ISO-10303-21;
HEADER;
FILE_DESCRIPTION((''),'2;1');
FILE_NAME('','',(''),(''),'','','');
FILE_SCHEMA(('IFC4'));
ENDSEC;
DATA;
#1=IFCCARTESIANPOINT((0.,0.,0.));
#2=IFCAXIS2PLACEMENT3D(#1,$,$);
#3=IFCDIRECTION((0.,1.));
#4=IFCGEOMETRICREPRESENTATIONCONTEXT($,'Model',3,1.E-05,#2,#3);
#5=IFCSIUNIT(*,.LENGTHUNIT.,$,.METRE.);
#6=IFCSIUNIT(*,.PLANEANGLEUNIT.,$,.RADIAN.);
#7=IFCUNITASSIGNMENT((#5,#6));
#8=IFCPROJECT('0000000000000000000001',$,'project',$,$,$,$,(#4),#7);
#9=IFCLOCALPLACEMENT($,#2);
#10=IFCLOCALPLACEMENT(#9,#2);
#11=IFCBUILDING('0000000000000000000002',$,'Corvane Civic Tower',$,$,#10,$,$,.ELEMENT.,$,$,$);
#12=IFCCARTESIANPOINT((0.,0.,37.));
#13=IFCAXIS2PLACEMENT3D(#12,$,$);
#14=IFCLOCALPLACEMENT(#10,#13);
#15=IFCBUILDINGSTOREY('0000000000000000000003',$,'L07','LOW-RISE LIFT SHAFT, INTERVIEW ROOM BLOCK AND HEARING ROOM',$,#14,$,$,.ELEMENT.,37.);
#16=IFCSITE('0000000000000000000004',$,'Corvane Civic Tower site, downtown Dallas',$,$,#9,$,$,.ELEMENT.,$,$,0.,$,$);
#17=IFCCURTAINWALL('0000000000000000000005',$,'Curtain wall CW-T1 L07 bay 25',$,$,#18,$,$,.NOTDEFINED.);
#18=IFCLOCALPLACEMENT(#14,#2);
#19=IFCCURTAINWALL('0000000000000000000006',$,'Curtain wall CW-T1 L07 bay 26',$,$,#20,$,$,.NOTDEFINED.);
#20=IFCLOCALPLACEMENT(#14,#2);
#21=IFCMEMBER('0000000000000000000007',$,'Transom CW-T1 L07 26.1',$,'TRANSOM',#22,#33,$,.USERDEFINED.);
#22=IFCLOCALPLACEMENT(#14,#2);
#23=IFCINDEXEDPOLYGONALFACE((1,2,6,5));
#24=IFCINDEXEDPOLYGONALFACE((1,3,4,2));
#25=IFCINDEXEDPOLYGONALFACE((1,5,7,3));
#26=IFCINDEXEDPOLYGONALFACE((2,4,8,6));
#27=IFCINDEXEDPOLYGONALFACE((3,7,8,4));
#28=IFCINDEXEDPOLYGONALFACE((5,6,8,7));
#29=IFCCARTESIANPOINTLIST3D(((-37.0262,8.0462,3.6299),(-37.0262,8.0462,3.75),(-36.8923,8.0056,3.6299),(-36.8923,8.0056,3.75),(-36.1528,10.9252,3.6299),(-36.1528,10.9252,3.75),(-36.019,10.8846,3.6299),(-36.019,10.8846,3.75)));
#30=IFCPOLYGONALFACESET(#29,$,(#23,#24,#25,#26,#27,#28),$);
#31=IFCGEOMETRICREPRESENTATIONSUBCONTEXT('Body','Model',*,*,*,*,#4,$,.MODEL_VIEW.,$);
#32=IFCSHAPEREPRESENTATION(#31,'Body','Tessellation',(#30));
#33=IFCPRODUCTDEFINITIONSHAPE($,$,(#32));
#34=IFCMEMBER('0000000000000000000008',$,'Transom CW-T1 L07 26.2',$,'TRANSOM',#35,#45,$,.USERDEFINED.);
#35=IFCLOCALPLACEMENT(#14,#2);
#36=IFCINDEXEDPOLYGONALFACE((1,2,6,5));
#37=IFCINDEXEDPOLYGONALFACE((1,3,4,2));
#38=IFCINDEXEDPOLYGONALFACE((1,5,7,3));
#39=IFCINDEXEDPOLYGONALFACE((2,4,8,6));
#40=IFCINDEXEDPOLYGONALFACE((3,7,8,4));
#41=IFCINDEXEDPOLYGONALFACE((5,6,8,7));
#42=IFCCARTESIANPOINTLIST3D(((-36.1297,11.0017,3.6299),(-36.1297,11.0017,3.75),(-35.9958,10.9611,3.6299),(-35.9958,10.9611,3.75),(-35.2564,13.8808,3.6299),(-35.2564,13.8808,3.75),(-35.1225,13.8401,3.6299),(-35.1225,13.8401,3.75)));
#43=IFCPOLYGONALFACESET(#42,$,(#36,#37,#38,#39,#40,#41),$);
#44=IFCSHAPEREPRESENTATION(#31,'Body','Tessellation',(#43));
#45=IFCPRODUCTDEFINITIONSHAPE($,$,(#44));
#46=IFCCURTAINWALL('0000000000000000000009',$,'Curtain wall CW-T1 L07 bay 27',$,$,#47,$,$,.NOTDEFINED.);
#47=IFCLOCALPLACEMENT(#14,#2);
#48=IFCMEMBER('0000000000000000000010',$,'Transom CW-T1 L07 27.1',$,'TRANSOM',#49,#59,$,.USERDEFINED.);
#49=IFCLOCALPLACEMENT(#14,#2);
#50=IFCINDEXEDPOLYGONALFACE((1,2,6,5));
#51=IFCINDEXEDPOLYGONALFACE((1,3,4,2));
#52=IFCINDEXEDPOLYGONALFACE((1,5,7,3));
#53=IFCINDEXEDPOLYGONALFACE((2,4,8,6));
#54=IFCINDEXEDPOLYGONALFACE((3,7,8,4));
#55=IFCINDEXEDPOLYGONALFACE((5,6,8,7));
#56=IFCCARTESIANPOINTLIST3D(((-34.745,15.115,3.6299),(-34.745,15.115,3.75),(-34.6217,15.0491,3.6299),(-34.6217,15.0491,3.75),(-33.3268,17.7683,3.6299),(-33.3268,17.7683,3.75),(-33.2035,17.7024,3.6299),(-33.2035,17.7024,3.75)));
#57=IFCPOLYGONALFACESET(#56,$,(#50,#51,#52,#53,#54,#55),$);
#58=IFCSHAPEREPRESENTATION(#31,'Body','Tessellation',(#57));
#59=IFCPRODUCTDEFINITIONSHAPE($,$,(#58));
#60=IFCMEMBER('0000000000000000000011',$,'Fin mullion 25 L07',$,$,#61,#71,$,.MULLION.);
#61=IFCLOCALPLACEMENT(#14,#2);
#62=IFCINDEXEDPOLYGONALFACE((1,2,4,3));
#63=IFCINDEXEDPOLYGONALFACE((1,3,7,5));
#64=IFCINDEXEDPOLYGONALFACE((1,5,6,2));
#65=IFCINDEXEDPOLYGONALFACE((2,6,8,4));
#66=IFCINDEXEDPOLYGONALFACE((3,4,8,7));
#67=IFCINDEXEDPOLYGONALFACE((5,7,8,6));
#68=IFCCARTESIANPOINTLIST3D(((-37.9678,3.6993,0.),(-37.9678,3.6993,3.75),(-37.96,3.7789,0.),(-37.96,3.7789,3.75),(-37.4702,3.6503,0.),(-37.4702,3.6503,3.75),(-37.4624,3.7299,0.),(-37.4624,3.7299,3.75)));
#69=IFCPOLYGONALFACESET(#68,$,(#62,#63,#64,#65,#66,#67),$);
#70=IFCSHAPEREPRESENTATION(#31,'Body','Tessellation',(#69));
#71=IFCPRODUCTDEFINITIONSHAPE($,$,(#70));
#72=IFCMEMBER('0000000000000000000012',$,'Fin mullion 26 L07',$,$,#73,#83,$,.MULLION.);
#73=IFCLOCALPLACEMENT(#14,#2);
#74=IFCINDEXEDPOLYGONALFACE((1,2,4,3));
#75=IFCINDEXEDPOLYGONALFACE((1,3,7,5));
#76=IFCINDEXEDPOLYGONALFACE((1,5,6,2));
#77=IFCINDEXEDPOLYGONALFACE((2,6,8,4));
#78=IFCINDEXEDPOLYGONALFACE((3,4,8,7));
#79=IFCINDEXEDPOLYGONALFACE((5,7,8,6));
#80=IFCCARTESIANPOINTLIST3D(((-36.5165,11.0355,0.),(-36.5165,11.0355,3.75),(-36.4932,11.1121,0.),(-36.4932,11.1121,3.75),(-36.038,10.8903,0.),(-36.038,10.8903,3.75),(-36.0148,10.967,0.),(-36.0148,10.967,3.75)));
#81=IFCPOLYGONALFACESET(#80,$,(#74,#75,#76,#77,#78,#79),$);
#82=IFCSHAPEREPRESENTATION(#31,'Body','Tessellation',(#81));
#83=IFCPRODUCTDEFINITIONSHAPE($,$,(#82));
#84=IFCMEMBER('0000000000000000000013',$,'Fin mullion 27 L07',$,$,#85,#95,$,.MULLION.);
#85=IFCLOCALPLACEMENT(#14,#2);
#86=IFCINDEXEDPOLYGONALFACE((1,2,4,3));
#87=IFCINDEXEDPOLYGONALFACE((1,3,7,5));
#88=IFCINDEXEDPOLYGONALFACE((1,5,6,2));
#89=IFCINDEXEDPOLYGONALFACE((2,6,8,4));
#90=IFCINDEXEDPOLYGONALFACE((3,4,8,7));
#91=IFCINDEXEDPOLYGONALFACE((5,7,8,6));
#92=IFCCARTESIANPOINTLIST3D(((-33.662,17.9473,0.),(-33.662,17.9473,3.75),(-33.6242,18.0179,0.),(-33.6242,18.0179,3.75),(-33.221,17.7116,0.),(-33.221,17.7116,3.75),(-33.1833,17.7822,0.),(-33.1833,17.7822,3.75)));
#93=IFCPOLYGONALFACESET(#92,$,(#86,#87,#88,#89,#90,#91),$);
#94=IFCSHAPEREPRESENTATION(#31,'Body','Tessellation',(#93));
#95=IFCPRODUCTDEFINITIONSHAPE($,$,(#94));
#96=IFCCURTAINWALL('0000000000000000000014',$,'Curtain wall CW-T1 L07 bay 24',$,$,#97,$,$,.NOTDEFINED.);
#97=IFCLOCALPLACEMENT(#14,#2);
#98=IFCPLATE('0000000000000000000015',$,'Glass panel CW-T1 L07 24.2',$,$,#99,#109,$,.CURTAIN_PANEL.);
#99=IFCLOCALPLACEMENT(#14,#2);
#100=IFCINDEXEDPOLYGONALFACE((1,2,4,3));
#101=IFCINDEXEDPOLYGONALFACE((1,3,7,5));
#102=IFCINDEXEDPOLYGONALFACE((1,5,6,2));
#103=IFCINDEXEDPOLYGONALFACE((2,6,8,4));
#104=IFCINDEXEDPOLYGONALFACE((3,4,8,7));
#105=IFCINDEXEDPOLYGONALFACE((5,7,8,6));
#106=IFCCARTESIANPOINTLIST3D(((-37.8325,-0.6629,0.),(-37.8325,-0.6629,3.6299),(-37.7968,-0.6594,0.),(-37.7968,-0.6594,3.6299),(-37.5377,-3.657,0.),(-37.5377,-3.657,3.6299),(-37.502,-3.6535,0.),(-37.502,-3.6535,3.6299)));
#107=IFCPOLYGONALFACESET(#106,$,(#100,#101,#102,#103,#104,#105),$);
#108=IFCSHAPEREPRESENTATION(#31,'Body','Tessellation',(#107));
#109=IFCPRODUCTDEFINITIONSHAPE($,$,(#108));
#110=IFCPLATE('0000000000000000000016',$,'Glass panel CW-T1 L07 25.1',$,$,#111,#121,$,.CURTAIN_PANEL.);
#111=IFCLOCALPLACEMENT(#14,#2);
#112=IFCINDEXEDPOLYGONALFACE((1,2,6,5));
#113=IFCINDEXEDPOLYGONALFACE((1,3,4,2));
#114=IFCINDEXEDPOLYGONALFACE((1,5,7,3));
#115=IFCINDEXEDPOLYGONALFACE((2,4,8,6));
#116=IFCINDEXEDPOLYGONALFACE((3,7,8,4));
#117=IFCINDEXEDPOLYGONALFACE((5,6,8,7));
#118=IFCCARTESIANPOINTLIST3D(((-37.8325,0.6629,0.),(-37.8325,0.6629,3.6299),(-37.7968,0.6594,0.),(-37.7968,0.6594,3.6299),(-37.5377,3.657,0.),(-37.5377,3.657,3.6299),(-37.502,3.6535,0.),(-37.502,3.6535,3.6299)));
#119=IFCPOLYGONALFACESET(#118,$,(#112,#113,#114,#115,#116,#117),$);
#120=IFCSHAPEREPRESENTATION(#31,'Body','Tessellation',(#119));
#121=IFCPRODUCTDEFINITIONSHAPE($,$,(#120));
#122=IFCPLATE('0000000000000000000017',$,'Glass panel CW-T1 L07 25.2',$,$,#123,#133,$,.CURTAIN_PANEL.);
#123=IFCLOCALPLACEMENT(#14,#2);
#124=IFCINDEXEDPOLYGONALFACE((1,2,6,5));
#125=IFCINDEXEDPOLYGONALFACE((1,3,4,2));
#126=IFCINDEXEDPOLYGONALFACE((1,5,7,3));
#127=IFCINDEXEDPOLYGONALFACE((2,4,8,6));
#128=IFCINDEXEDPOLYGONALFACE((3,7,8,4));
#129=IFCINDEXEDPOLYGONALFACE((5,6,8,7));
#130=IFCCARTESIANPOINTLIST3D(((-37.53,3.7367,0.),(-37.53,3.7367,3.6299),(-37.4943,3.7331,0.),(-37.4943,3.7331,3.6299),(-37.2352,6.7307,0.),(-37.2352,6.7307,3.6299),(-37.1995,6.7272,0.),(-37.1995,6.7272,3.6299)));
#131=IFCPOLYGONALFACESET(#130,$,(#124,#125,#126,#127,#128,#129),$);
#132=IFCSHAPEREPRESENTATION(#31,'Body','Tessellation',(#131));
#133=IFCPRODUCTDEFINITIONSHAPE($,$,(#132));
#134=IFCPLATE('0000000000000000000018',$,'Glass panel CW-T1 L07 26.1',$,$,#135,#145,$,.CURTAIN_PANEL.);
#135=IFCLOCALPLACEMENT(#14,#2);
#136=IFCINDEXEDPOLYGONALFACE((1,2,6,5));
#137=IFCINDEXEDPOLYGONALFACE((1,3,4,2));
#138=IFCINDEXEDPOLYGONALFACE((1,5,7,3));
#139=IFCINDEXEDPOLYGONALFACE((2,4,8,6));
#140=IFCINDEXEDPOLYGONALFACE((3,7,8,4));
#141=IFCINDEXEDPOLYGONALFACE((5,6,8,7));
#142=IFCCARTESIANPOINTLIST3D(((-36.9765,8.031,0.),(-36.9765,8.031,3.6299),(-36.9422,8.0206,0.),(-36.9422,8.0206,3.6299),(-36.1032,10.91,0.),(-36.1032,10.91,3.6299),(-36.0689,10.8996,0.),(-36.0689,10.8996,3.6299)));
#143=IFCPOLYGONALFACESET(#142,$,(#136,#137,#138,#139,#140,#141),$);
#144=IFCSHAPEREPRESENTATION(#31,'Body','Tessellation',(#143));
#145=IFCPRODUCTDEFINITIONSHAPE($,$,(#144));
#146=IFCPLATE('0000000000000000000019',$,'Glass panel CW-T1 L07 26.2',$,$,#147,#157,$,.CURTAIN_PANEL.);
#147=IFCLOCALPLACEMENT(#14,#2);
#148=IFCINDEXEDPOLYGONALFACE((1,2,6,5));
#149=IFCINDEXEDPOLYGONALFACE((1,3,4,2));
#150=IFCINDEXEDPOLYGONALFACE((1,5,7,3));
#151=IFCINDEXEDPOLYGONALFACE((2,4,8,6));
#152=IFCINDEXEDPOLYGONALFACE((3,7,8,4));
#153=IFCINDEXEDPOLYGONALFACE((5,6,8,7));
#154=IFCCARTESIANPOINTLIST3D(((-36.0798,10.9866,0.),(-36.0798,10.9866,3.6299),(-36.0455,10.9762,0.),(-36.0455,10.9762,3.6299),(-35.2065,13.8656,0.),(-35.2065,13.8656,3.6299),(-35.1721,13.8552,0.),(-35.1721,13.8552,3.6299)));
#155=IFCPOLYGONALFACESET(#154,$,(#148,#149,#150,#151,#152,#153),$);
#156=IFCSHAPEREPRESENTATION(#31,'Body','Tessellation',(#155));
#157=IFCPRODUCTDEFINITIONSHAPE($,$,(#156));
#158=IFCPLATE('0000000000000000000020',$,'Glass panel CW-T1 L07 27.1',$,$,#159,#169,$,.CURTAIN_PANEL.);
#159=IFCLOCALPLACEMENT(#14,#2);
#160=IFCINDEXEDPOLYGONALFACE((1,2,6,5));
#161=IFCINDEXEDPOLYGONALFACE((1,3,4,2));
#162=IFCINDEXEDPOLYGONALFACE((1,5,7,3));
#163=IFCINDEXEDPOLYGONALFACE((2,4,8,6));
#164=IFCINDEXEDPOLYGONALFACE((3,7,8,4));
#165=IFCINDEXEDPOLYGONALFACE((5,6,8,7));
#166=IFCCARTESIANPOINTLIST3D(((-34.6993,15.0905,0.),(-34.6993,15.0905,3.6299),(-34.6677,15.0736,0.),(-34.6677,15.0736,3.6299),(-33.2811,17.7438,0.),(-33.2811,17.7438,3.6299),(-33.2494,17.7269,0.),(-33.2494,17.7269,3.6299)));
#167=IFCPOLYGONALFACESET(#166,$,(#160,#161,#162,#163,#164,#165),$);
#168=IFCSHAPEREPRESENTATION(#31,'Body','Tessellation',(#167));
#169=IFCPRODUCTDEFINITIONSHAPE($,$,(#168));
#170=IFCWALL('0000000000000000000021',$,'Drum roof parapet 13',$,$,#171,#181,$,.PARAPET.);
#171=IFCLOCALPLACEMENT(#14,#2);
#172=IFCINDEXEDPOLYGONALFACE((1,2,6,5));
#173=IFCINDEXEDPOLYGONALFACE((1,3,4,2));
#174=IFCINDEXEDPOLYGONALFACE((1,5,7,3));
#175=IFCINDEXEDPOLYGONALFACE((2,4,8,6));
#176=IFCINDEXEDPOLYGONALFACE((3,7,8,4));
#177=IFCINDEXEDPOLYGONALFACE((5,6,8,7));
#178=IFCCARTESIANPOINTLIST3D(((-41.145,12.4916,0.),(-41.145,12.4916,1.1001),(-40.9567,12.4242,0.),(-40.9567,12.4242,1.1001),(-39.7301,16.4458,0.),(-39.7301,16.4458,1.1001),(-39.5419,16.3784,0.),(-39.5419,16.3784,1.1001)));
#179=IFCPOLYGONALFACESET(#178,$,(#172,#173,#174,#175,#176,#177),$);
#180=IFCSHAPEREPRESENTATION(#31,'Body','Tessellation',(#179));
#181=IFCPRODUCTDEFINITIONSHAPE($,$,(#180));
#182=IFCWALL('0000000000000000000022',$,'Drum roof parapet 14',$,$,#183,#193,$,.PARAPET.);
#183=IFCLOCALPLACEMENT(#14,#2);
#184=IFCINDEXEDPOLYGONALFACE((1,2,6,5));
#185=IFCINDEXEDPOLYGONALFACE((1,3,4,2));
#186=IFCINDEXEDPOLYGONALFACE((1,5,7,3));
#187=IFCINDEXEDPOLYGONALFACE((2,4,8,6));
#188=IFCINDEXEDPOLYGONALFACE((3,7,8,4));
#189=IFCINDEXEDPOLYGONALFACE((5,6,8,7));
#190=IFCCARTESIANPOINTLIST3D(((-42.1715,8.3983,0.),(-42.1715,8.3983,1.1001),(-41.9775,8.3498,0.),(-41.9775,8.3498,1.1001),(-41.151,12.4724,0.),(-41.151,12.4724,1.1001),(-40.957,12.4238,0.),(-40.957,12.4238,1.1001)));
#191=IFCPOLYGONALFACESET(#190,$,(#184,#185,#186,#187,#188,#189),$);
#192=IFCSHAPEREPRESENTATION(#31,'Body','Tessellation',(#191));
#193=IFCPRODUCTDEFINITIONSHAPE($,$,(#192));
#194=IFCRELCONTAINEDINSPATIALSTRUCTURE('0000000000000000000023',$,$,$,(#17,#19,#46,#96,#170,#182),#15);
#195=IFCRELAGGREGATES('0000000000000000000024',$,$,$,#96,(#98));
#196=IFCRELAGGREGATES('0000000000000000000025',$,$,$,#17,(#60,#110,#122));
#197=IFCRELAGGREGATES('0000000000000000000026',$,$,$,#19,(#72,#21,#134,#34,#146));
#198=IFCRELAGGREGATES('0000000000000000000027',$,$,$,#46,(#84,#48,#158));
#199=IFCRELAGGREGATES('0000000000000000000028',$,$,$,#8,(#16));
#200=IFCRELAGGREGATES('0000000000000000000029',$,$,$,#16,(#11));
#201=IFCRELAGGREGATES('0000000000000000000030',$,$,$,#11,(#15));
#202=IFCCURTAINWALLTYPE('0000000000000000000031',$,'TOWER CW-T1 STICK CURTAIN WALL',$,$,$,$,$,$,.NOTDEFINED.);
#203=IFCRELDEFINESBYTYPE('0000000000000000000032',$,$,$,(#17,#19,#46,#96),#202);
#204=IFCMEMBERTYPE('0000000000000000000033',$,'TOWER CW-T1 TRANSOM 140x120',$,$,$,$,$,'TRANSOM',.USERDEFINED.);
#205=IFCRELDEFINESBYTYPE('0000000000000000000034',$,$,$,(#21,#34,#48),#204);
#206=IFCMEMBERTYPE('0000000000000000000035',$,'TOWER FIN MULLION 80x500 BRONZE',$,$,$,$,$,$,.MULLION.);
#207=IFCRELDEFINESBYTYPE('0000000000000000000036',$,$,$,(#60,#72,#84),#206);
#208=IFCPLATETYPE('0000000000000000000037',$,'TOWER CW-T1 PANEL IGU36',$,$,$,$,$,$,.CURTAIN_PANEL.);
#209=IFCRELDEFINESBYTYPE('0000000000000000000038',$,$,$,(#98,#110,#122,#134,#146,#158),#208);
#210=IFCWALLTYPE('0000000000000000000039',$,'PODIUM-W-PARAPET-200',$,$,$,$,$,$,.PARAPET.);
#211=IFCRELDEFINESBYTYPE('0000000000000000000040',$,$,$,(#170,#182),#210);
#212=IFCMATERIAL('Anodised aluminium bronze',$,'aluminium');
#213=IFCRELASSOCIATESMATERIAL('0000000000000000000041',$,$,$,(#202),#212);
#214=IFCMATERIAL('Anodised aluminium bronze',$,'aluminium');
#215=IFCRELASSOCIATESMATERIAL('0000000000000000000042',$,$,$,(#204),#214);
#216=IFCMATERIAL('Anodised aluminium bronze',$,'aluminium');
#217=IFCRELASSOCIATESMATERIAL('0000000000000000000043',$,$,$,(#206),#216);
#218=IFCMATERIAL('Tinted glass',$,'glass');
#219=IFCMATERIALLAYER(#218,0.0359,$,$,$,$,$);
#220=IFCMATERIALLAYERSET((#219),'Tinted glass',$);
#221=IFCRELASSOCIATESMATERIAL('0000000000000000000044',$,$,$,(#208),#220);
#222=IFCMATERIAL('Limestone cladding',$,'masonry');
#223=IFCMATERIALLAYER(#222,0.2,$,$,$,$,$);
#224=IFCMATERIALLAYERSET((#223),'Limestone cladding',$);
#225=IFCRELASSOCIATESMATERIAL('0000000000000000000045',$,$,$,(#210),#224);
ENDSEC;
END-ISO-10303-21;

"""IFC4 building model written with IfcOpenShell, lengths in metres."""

from ifc_helpers import new_model, si_unit, direction, frame, frame_2d, origin, origin_2d, place, context, subcontext, project, spatial, rectangle, extrude, material, layer, layer_set, material_profile, profile_set, type_object, element, aggregate, save


model = new_model("IFC4")

# Units and contexts
model_context = context("Model", 3, precision=1e-05, world=origin(), true_north=direction((0.0, 1.0)))
body_context = subcontext(model_context, "Body", "Model", "MODEL_VIEW")
ifc_project = project(units=[si_unit("LENGTHUNIT", "METRE"), si_unit("PLANEANGLEUNIT", "RADIAN")], contexts=[model_context])

# Site, building, storey
site_placement = place(None, origin())
site = spatial("IfcSite", under=ifc_project, at=site_placement, Name="Corvane Civic Tower site, downtown Dallas", CompositionType="ELEMENT", RefElevation=0.0)
building_placement = place(site_placement, origin())
building = spatial("IfcBuilding", under=site, at=building_placement, Name="Corvane Civic Tower", CompositionType="ELEMENT")
storey_placement = place(building_placement, frame((0.0, 0.0, 37.0)))
storey = spatial("IfcBuildingStorey", under=building, at=storey_placement, Name="L07", Description="LOW-RISE LIFT SHAFT, INTERVIEW ROOM BLOCK AND HEARING ROOM", CompositionType="ELEMENT", Elevation=37.0)

# Curtain walls, members
ifc_material_1 = material(Name="Anodised aluminium bronze", Category="aluminium")
curtain_wall_type = type_object("IfcCurtainWallType", Name="TOWER CW-T1 STICK CURTAIN WALL", PredefinedType="NOTDEFINED", material=ifc_material_1)
curtain_wall_1_placement = place(storey_placement, origin())
curtain_wall_1 = element("IfcCurtainWall", 1, at=curtain_wall_1_placement, inside=storey, type_object=curtain_wall_type, Name="Curtain wall CW-T1 L07 bay 25", PredefinedType="NOTDEFINED")
ifc_material_2 = material(Name="Anodised aluminium bronze", Category="aluminium")
ifc_material_profile_1 = material_profile(ifc_material_2, rectangle(XDim=0.1399, YDim=0.1201, at=origin_2d()), Name="TOWER CW-T1 TRANSOM 140x120")
ifc_profile_set_1 = profile_set([ifc_material_profile_1], Name="Anodised aluminium bronze")
member_type_1 = type_object("IfcMemberType", Name="TOWER CW-T1 TRANSOM 140x120", ElementType="TRANSOM", PredefinedType="USERDEFINED", material=ifc_profile_set_1)
curtain_wall_2_placement = place(storey_placement, origin())
curtain_wall_2 = element("IfcCurtainWall", 2, at=curtain_wall_2_placement, inside=storey, type_object=curtain_wall_type, Name="Curtain wall CW-T1 L07 bay 26", PredefinedType="NOTDEFINED")
member_1_placement = place(storey_placement, frame((-36.9592, 8.0259, 3.6899), z_axis=(0.29028, 0.956942, 0.0), x_axis=(-0.956942, 0.29028, 0.0)))
member_1 = element("IfcMember", 3, at=member_1_placement, type_object=member_type_1, Name="Transom CW-T1 L07 26.1", ObjectType="TRANSOM", PredefinedType="USERDEFINED", context=body_context, shape_type="SweptSolid", body=[
    extrude(rectangle(XDim=0.1399, YDim=0.1201, at=origin_2d()), origin(), (0.0, 0.0, 1.0), 3.0085),
])
member_2_placement = place(storey_placement, frame((-36.0627, 10.9814, 3.6899), z_axis=(0.29028, 0.956942, 0.0), x_axis=(-0.956942, 0.29028, 0.0)))
member_2 = element("IfcMember", 4, at=member_2_placement, type_object=member_type_1, Name="Transom CW-T1 L07 26.2", ObjectType="TRANSOM", PredefinedType="USERDEFINED", context=body_context, shape_type="SweptSolid", body=[
    extrude(rectangle(XDim=0.1399, YDim=0.1201, at=origin_2d()), origin(), (0.0, 0.0, 1.0), 3.0085),
])

# Curtain wall, member
curtain_wall_3_placement = place(storey_placement, origin())
curtain_wall_3 = element("IfcCurtainWall", 5, at=curtain_wall_3_placement, inside=storey, type_object=curtain_wall_type, Name="Curtain wall CW-T1 L07 bay 27", PredefinedType="NOTDEFINED")
member_3_placement = place(storey_placement, frame((-34.6833, 15.082, 3.6899), z_axis=(0.471393, 0.881924, 0.0), x_axis=(-0.881924, 0.471393, 0.0)))
member_3 = element("IfcMember", 6, at=member_3_placement, type_object=member_type_1, Name="Transom CW-T1 L07 27.1", ObjectType="TRANSOM", PredefinedType="USERDEFINED", context=body_context, shape_type="SweptSolid", body=[
    extrude(rectangle(XDim=0.1399, YDim=0.1201, at=origin_2d()), origin(), (0.0, 0.0, 1.0), 3.0085),
])

# Members
ifc_material_3 = material(Name="Anodised aluminium bronze", Category="aluminium")
ifc_material_profile_2 = material_profile(ifc_material_3, rectangle(XDim=0.0801, YDim=0.5, at=origin_2d()), Name="TOWER FIN MULLION 80x500 BRONZE")
ifc_profile_set_2 = profile_set([ifc_material_profile_2], Name="Anodised aluminium bronze")
member_type_2 = type_object("IfcMemberType", Name="TOWER FIN MULLION 80x500 BRONZE", PredefinedType="MULLION", material=ifc_profile_set_2)
member_4_placement = place(storey_placement, frame((-37.7151, 3.7146, 0.0), z_axis=(0.0, 0.0, 1.0), x_axis=(0.098006, 0.995186, 0.0)))
member_4 = element("IfcMember", 7, at=member_4_placement, type_object=member_type_2, Name="Fin mullion 25 L07", PredefinedType="MULLION", context=body_context, shape_type="SweptSolid", body=[
    extrude(rectangle(XDim=0.0801, YDim=0.5, at=origin_2d()), origin(), (0.0, 0.0, 1.0), 3.75),
])
member_5_placement = place(storey_placement, frame((-36.2656, 11.0012, 0.0), z_axis=(0.0, 0.0, 1.0), x_axis=(0.290278, 0.956942, 0.0)))
member_5 = element("IfcMember", 8, at=member_5_placement, type_object=member_type_2, Name="Fin mullion 26 L07", PredefinedType="MULLION", context=body_context, shape_type="SweptSolid", body=[
    extrude(rectangle(XDim=0.0801, YDim=0.5, at=origin_2d()), origin(), (0.0, 0.0, 1.0), 3.75),
])
member_6_placement = place(storey_placement, frame((-33.4226, 17.8647, 0.0), z_axis=(0.0, 0.0, 1.0), x_axis=(0.471404, 0.881918, 0.0)))
member_6 = element("IfcMember", 9, at=member_6_placement, type_object=member_type_2, Name="Fin mullion 27 L07", PredefinedType="MULLION", context=body_context, shape_type="SweptSolid", body=[
    extrude(rectangle(XDim=0.0801, YDim=0.5, at=origin_2d()), origin(), (0.0, 0.0, 1.0), 3.75),
])

# Curtain wall, plate
curtain_wall_4_placement = place(storey_placement, origin())
curtain_wall_4 = element("IfcCurtainWall", 10, at=curtain_wall_4_placement, inside=storey, type_object=curtain_wall_type, Name="Curtain wall CW-T1 L07 bay 24", PredefinedType="NOTDEFINED")
ifc_material_4 = material(Name="Tinted glass", Category="glass")
ifc_layer_1 = layer(ifc_material_4, 0.0359)
ifc_layer_set_1 = layer_set([ifc_layer_1], Name="Tinted glass")
plate_type = type_object("IfcPlateType", Name="TOWER CW-T1 PANEL IGU36", PredefinedType="CURTAIN_PANEL", material=ifc_layer_set_1)
plate_1_placement = place(storey_placement, frame((-37.6672, -2.1582, 0.0), z_axis=(0.0, 0.0, 1.0), x_axis=(-0.098006, 0.995186, 0.0)))
plate_1 = element("IfcPlate", 11, at=plate_1_placement, type_object=plate_type, Name="Glass panel CW-T1 L07 24.2", PredefinedType="CURTAIN_PANEL", context=body_context, shape_type="SweptSolid", body=[
    extrude(rectangle(XDim=3.0085, YDim=0.0359, at=origin_2d()), origin(), (0.0, 0.0, 1.0), 3.6299),
])
aggregate(curtain_wall_4, [plate_1])

# Plates
plate_2_placement = place(storey_placement, frame((-37.6672, 2.1582, 0.0), z_axis=(0.0, 0.0, 1.0), x_axis=(0.098006, 0.995186, 0.0)))
plate_2 = element("IfcPlate", 12, at=plate_2_placement, type_object=plate_type, Name="Glass panel CW-T1 L07 25.1", PredefinedType="CURTAIN_PANEL", context=body_context, shape_type="SweptSolid", body=[
    extrude(rectangle(XDim=3.0085, YDim=0.0359, at=origin_2d()), origin(), (0.0, 0.0, 1.0), 3.6299),
])
plate_3_placement = place(storey_placement, frame((-37.3647, 5.2319, 0.0), z_axis=(0.0, 0.0, 1.0), x_axis=(0.098006, 0.995186, 0.0)))
plate_3 = element("IfcPlate", 13, at=plate_3_placement, type_object=plate_type, Name="Glass panel CW-T1 L07 25.2", PredefinedType="CURTAIN_PANEL", context=body_context, shape_type="SweptSolid", body=[
    extrude(rectangle(XDim=3.0085, YDim=0.0359, at=origin_2d()), origin(), (0.0, 0.0, 1.0), 3.6299),
])
aggregate(curtain_wall_1, [member_4, plate_2, plate_3])
plate_4_placement = place(storey_placement, frame((-36.5227, 9.4653, 0.0), z_axis=(0.0, 0.0, 1.0), x_axis=(0.290278, 0.956942, 0.0)))
plate_4 = element("IfcPlate", 14, at=plate_4_placement, type_object=plate_type, Name="Glass panel CW-T1 L07 26.1", PredefinedType="CURTAIN_PANEL", context=body_context, shape_type="SweptSolid", body=[
    extrude(rectangle(XDim=3.0085, YDim=0.0359, at=origin_2d()), origin(), (0.0, 0.0, 1.0), 3.6299),
])
plate_5_placement = place(storey_placement, frame((-35.626, 12.4209, 0.0), z_axis=(0.0, 0.0, 1.0), x_axis=(0.290278, 0.956942, 0.0)))
plate_5 = element("IfcPlate", 15, at=plate_5_placement, type_object=plate_type, Name="Glass panel CW-T1 L07 26.2", PredefinedType="CURTAIN_PANEL", context=body_context, shape_type="SweptSolid", body=[
    extrude(rectangle(XDim=3.0085, YDim=0.0359, at=origin_2d()), origin(), (0.0, 0.0, 1.0), 3.6299),
])
aggregate(curtain_wall_2, [member_5, member_1, plate_4, member_2, plate_5])
plate_6_placement = place(storey_placement, frame((-33.9744, 16.4087, 0.0), z_axis=(0.0, 0.0, 1.0), x_axis=(0.471404, 0.881918, 0.0)))
plate_6 = element("IfcPlate", 16, at=plate_6_placement, type_object=plate_type, Name="Glass panel CW-T1 L07 27.1", PredefinedType="CURTAIN_PANEL", context=body_context, shape_type="SweptSolid", body=[
    extrude(rectangle(XDim=3.0085, YDim=0.0359, at=origin_2d()), origin(), (0.0, 0.0, 1.0), 3.6299),
])
aggregate(curtain_wall_3, [member_6, member_3, plate_6])

# Walls
ifc_material_5 = material(Name="Limestone cladding", Category="masonry")
ifc_layer_2 = layer(ifc_material_5, 0.2)
ifc_layer_set_2 = layer_set([ifc_layer_2], Name="Limestone cladding")
wall_type_1 = type_object("IfcWallType", Name="PODIUM-W-PARAPET-200", PredefinedType="PARAPET", material=ifc_layer_set_2)
wall_1_placement = place(storey_placement, frame((-39.636, 16.4121, 0.0), z_axis=(0.0, 0.0, 1.0), x_axis=(-0.336889, -0.941544, 0.0)))
element("IfcWall", 17, at=wall_1_placement, inside=storey, type_object=wall_type_1, Name="Drum roof parapet 13", PredefinedType="PARAPET", context=body_context, shape_type="SweptSolid", body=[
    extrude(rectangle(XDim=4.1997, YDim=0.2, at=frame_2d((2.0999, 0.0))), origin(), (0.0, 0.0, 1.0), 1.1001),
])
wall_2_placement = place(storey_placement, frame((-41.054, 12.4482, 0.0), z_axis=(0.0, 0.0, 1.0), x_axis=(-0.242987, -0.97003, 0.0)))
element("IfcWall", 18, at=wall_2_placement, inside=storey, type_object=wall_type_1, Name="Drum roof parapet 14", PredefinedType="PARAPET", context=body_context, shape_type="SweptSolid", body=[
    extrude(rectangle(XDim=4.2, YDim=0.2, at=frame_2d((2.1001, 0.0))), origin(), (0.0, 0.0, 1.0), 1.1001),
])

save(model, "model.ifc")
